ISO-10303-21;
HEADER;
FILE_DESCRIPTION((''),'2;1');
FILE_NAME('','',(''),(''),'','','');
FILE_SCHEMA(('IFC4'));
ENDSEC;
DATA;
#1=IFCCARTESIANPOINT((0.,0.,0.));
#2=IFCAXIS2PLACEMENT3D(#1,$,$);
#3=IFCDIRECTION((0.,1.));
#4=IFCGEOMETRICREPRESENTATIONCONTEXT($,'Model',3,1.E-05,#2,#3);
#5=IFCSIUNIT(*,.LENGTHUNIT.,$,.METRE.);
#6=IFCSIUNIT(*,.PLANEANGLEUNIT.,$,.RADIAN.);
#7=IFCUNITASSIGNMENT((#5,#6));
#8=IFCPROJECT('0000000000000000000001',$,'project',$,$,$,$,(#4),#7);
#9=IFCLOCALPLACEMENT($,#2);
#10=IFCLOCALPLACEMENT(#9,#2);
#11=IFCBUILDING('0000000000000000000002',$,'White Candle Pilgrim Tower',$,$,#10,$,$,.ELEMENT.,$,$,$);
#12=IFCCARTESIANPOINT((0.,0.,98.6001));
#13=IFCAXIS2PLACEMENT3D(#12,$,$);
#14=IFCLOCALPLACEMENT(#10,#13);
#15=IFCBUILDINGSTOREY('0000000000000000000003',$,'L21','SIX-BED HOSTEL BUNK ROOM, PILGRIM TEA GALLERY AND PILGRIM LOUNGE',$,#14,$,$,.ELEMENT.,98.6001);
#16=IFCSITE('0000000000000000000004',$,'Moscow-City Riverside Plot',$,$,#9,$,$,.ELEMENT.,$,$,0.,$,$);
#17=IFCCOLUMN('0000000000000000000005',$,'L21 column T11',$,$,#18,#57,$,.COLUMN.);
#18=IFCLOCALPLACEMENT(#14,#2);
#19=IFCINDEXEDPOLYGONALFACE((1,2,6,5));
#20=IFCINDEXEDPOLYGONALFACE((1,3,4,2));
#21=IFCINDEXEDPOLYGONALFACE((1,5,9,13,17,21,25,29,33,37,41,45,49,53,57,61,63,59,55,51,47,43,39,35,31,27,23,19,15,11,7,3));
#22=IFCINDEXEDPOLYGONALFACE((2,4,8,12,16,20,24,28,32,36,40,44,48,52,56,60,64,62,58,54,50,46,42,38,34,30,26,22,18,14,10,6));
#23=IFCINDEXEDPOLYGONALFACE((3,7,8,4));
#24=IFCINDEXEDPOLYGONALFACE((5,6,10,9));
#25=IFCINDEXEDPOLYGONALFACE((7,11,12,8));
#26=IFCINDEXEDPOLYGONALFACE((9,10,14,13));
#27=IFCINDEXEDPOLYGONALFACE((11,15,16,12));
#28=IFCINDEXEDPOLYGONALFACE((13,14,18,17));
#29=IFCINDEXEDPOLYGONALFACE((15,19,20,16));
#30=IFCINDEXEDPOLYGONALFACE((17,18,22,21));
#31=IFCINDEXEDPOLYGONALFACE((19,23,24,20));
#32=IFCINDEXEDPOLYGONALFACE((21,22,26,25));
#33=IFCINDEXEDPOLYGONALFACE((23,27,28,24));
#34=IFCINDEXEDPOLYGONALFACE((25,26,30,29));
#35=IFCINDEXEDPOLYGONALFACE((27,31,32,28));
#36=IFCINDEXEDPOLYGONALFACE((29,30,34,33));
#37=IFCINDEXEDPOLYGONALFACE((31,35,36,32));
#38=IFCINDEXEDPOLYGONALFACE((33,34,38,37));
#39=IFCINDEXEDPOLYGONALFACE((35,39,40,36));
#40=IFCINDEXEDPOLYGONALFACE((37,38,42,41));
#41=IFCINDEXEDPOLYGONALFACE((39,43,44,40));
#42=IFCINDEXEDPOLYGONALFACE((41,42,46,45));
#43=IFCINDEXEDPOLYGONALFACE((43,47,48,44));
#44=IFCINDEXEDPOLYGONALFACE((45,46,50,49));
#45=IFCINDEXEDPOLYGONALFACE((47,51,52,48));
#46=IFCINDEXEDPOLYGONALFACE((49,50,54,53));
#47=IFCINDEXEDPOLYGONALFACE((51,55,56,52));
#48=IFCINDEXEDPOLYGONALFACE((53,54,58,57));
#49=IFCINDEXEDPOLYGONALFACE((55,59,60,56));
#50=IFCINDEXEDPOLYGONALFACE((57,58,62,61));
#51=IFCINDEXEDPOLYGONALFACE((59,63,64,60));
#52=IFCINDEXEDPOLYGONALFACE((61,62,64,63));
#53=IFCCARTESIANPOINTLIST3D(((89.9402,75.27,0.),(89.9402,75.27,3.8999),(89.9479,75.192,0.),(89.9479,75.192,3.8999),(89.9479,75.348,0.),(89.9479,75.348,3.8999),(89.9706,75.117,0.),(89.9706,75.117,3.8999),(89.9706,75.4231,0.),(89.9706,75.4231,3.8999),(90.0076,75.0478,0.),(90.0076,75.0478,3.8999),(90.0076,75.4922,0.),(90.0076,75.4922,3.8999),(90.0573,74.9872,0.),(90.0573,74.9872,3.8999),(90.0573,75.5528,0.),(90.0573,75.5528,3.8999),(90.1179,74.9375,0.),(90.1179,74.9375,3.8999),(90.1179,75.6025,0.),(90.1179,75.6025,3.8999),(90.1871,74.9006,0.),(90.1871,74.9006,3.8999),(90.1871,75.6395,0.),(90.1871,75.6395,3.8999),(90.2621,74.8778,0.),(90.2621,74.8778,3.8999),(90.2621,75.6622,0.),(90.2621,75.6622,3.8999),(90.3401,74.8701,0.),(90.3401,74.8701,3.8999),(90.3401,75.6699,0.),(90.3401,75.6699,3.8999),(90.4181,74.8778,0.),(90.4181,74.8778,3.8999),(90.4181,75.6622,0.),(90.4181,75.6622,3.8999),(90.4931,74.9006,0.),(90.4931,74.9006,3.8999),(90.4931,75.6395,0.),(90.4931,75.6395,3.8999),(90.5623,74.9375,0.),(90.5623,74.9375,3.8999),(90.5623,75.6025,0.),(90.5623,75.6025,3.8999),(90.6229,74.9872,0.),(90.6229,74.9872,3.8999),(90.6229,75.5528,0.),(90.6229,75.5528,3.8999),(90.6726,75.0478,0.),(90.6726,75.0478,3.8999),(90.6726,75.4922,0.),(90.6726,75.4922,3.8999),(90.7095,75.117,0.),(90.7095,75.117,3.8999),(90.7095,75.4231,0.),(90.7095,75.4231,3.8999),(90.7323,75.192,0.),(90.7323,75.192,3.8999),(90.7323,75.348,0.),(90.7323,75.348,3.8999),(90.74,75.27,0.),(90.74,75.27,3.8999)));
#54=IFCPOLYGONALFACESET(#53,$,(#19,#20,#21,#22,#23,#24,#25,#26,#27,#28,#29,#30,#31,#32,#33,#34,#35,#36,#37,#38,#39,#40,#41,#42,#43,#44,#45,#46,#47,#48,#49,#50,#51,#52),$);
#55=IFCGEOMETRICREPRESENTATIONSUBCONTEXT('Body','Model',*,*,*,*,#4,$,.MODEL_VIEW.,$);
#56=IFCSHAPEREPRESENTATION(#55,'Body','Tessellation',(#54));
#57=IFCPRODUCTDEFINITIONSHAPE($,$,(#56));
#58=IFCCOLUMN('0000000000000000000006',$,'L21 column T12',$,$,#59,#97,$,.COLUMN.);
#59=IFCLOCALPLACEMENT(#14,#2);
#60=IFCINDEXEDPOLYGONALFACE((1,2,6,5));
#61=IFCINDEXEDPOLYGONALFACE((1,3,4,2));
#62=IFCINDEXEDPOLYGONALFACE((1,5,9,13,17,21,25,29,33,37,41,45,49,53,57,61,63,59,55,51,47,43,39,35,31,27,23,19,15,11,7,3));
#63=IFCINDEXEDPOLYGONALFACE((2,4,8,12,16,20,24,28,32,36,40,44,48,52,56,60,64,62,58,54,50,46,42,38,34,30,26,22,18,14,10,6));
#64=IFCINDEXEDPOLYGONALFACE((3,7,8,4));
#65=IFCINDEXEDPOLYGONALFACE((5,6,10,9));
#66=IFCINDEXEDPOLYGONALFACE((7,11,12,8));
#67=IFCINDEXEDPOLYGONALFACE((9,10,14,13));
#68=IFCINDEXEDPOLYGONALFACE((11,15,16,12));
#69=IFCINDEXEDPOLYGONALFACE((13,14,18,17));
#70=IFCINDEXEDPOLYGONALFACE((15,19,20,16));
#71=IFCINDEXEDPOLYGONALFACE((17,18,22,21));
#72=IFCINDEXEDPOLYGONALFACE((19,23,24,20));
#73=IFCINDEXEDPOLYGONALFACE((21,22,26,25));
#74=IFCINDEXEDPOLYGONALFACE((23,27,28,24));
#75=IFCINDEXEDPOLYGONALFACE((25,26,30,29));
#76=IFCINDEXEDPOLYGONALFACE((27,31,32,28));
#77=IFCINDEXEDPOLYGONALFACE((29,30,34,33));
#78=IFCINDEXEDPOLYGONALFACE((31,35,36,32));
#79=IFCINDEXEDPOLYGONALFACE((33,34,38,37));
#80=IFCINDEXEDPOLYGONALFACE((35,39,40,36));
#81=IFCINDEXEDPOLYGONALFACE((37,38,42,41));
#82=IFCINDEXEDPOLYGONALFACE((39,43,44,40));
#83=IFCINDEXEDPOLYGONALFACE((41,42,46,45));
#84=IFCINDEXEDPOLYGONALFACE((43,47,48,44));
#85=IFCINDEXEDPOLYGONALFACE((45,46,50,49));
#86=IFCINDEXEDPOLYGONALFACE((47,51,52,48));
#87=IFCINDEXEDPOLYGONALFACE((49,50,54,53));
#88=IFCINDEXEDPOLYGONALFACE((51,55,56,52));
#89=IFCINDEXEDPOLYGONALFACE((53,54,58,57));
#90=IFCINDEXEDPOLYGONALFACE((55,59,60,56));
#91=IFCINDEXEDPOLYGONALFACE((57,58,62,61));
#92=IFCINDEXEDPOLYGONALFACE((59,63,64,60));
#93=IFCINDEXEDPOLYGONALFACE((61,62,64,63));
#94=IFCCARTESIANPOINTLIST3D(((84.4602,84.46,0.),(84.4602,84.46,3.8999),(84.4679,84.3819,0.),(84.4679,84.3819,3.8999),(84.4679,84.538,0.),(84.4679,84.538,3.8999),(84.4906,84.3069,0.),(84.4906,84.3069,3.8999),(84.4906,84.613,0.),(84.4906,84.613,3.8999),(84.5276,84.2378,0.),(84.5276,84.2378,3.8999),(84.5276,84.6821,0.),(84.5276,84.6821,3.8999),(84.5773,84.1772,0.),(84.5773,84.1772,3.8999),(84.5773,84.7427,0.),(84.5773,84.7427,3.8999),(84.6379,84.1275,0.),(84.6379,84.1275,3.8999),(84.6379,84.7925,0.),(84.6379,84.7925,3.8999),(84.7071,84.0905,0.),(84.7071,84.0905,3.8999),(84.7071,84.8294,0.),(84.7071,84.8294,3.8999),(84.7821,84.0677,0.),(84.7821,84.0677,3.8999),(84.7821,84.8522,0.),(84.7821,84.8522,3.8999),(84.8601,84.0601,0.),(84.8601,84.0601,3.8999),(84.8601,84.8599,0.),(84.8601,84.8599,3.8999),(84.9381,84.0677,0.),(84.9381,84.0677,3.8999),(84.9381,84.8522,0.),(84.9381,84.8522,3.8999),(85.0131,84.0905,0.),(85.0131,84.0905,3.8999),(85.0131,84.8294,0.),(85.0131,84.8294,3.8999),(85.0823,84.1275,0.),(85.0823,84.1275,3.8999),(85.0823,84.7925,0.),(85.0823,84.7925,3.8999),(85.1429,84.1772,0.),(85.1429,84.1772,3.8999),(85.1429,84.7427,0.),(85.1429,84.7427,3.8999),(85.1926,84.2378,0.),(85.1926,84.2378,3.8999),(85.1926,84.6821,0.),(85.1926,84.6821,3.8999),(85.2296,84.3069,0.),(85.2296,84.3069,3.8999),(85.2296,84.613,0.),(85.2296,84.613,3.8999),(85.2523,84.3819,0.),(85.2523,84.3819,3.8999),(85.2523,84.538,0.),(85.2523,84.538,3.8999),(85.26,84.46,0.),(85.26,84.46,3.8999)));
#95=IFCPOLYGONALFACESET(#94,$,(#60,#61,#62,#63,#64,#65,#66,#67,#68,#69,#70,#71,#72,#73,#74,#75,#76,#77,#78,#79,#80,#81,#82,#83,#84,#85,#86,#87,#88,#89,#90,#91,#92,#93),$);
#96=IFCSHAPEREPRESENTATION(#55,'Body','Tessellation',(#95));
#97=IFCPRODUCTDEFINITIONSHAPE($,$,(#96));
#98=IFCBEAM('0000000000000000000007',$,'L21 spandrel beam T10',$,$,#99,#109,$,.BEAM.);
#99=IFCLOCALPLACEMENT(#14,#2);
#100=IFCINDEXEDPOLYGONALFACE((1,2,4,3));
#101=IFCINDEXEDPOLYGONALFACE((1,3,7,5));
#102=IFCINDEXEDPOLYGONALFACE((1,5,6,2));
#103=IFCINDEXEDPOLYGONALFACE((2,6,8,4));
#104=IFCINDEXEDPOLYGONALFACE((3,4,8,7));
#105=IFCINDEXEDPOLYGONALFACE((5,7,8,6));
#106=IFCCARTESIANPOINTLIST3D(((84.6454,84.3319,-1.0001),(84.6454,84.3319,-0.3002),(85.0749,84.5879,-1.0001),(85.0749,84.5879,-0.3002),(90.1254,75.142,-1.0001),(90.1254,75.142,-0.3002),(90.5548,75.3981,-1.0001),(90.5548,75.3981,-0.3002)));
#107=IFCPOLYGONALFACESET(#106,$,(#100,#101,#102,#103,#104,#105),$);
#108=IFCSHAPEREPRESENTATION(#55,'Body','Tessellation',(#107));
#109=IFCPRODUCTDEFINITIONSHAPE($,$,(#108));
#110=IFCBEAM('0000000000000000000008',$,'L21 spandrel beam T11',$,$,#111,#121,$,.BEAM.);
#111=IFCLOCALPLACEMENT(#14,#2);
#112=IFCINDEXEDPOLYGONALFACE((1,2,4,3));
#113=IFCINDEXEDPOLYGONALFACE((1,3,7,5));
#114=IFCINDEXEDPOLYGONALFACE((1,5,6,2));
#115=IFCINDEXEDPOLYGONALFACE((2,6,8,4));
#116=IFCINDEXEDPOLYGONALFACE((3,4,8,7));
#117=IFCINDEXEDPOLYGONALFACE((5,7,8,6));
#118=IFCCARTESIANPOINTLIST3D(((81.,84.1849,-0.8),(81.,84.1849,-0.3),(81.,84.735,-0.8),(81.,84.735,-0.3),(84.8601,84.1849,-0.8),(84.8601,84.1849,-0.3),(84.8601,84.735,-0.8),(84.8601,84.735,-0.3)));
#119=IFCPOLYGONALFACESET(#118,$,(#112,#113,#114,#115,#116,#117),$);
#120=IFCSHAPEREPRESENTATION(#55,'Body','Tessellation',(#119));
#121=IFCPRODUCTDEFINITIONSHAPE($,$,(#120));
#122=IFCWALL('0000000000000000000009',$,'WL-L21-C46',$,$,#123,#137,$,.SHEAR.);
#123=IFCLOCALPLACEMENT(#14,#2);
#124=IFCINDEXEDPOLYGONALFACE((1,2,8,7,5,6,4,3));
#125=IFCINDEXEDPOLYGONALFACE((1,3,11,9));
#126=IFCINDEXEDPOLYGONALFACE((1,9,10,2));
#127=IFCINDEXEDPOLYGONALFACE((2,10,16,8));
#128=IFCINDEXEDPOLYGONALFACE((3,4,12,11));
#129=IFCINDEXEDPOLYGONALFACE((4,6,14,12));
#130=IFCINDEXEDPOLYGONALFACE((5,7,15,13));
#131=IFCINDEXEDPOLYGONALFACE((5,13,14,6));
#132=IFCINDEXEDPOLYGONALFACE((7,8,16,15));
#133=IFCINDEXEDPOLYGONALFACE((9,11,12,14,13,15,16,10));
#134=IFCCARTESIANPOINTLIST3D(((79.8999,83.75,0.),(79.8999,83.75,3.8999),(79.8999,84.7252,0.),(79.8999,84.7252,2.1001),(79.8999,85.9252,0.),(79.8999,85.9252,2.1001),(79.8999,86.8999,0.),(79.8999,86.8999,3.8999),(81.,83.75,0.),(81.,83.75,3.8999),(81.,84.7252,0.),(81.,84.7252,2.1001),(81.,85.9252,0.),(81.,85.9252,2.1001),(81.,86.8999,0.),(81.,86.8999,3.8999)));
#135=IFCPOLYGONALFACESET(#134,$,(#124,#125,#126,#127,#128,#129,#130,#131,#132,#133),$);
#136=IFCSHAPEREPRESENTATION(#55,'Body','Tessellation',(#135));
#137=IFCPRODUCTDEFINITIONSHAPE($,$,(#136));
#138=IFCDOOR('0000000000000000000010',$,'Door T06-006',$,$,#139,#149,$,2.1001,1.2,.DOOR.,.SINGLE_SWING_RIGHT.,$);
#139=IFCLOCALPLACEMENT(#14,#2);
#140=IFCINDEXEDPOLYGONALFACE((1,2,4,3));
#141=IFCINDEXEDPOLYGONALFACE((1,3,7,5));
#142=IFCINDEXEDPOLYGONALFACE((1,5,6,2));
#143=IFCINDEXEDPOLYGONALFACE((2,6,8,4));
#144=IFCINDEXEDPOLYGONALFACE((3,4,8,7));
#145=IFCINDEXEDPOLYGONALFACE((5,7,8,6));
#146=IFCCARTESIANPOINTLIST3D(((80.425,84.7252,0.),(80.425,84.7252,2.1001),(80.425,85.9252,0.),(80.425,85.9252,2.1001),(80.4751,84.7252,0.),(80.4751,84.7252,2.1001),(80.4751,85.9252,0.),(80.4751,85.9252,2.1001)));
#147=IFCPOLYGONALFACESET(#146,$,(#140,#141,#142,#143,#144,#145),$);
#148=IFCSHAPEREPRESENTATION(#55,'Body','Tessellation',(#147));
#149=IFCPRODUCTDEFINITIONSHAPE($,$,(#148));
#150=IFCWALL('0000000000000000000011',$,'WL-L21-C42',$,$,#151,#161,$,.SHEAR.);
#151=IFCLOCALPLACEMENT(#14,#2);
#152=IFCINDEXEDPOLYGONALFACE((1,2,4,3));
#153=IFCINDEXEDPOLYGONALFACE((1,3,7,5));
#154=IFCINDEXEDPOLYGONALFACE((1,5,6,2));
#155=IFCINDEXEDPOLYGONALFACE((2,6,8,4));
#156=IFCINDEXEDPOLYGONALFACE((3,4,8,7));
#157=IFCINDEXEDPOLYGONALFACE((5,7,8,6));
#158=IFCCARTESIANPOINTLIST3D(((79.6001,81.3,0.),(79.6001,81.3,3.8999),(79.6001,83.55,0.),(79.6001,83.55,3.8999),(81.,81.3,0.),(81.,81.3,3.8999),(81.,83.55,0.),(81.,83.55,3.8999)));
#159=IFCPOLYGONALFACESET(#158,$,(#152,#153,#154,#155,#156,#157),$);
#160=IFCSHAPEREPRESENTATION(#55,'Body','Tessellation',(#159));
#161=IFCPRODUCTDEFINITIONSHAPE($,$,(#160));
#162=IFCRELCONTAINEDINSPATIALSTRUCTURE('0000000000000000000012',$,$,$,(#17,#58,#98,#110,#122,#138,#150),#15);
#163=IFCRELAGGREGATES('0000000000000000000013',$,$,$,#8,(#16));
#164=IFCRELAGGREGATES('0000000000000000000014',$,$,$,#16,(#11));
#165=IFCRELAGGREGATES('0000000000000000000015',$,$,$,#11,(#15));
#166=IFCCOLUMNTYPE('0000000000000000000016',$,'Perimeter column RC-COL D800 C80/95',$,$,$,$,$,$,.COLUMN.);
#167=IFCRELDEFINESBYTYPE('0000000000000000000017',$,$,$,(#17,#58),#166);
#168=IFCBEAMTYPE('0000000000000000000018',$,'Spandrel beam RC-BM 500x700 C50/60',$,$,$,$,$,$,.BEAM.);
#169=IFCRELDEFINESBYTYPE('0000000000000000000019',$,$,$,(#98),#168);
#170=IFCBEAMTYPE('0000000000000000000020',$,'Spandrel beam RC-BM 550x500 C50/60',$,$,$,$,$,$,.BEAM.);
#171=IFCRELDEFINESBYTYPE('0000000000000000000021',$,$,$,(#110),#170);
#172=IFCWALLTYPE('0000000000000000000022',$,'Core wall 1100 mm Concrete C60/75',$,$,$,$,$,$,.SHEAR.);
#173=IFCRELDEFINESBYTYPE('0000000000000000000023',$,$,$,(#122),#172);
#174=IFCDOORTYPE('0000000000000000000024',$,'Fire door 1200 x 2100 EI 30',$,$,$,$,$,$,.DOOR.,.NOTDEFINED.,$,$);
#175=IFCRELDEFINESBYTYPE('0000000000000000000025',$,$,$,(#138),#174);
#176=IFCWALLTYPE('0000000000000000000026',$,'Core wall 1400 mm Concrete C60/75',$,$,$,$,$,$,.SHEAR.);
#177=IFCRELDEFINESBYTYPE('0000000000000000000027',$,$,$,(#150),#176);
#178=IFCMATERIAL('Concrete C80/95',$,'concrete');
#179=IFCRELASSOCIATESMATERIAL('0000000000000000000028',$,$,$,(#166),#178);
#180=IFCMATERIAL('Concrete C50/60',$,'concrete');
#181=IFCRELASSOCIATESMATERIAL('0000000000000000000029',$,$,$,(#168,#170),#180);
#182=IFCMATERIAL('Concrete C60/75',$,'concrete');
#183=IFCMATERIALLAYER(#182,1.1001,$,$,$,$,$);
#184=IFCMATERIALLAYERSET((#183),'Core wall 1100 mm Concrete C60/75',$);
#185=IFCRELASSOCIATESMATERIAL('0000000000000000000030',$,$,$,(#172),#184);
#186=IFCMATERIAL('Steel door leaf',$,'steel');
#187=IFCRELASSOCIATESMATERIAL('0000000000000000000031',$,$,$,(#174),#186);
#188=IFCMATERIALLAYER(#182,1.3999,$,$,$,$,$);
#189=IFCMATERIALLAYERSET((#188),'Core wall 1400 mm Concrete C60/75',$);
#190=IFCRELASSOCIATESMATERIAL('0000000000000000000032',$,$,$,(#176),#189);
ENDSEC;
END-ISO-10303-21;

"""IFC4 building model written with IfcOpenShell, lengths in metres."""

from ifc_helpers import new_model, si_unit, direction, frame, frame_2d, origin, origin_2d, place, context, subcontext, project, spatial, rectangle, circle, extrude, material, layer, layer_set, material_profile, profile_set, type_object, element, fill, save


model = new_model("IFC4")

# Units and contexts
model_context = context("Model", 3, precision=1e-05, world=origin(), true_north=direction((0.0, 1.0)))
body_context = subcontext(model_context, "Body", "Model", "MODEL_VIEW")
ifc_project = project(units=[si_unit("LENGTHUNIT", "METRE"), si_unit("PLANEANGLEUNIT", "RADIAN")], contexts=[model_context])

# Site, building, storey
site_placement = place(None, origin())
site = spatial("IfcSite", under=ifc_project, at=site_placement, Name="Moscow-City Riverside Plot", CompositionType="ELEMENT", RefElevation=0.0)
building_placement = place(site_placement, origin())
building = spatial("IfcBuilding", under=site, at=building_placement, Name="White Candle Pilgrim Tower", CompositionType="ELEMENT")
storey_placement = place(building_placement, frame((0.0, 0.0, 98.6001)))
storey = spatial("IfcBuildingStorey", under=building, at=storey_placement, Name="L21", Description="SIX-BED HOSTEL BUNK ROOM, PILGRIM TEA GALLERY AND PILGRIM LOUNGE", CompositionType="ELEMENT", Elevation=98.6001)

# Columns
ifc_material_1 = material(Name="Concrete C80/95", Category="concrete")
ifc_material_profile_1 = material_profile(ifc_material_1, circle(Radius=0.3999, at=origin_2d()), Name="RC-COL D800")
ifc_profile_set_1 = profile_set([ifc_material_profile_1], Name="Concrete C80/95")
column_type = type_object("IfcColumnType", Name="Perimeter column RC-COL D800 C80/95", PredefinedType="COLUMN", material=ifc_profile_set_1)
for number, where, z_axis, x_axis, name in (
    (1, (90.3401, 75.27, 0.0), (0.0, 0.0, 1.0), (1.0, 0.0, 0.0), "L21 column T11"),
    (2, (84.8601, 84.46, 0.0), (0.0, 0.0, 1.0), (1.0, 0.0, 0.0), "L21 column T12"),
):
    element("IfcColumn", number, at=place(storey_placement, frame(where, z_axis=z_axis, x_axis=x_axis)), inside=storey, type_object=column_type, Name=name, PredefinedType="COLUMN", context=body_context, shape_type="SweptSolid", body=[
        extrude(circle(Radius=0.3999, at=origin_2d()), origin(), (0.0, 0.0, 1.0), 3.8999),
    ])

# Beams
ifc_material_2 = material(Name="Concrete C50/60", Category="concrete")
ifc_material_profile_2 = material_profile(ifc_material_2, rectangle(XDim=0.5, YDim=0.7, at=origin_2d()), Name="RC-BM 500x700")
ifc_profile_set_2 = profile_set([ifc_material_profile_2], Name="Concrete C50/60")
beam_type_1 = type_object("IfcBeamType", Name="Spandrel beam RC-BM 500x700 C50/60", PredefinedType="BEAM", material=ifc_profile_set_2)
beam_1_placement = place(storey_placement, frame((90.3401, 75.27, -0.6501), z_axis=(-0.512158, 0.858891, 0.0), x_axis=(-0.858891, -0.512158, 0.0)))
element("IfcBeam", 3, at=beam_1_placement, inside=storey, type_object=beam_type_1, Name="L21 spandrel beam T10", PredefinedType="BEAM", context=body_context, shape_type="SweptSolid", body=[
    extrude(rectangle(XDim=0.5, YDim=0.7, at=origin_2d()), origin(), (0.0, 0.0, 1.0), 10.6997),
])
ifc_material_profile_3 = material_profile(ifc_material_2, rectangle(XDim=0.55, YDim=0.5, at=origin_2d()), Name="RC-BM 550x500")
ifc_profile_set_3 = profile_set([ifc_material_profile_3], Name="Concrete C50/60")
beam_type_2 = type_object("IfcBeamType", Name="Spandrel beam RC-BM 550x500 C50/60", PredefinedType="BEAM", material=ifc_profile_set_3)
beam_2_placement = place(storey_placement, frame((84.8601, 84.46, -0.55), z_axis=(-1.0, 0.0, 0.0), x_axis=(0.0, -1.0, 0.0)))
element("IfcBeam", 4, at=beam_2_placement, inside=storey, type_object=beam_type_2, Name="L21 spandrel beam T11", PredefinedType="BEAM", context=body_context, shape_type="SweptSolid", body=[
    extrude(rectangle(XDim=0.55, YDim=0.5, at=origin_2d()), origin(), (0.0, 0.0, 1.0), 3.8601),
])

# Wall, opening, door
ifc_material_3 = material(Name="Concrete C60/75", Category="concrete")
ifc_layer_1 = layer(ifc_material_3, 1.1001)
ifc_layer_set_1 = layer_set([ifc_layer_1], Name="Core wall 1100 mm Concrete C60/75")
wall_type_1 = type_object("IfcWallType", Name="Core wall 1100 mm Concrete C60/75", PredefinedType="SHEAR", material=ifc_layer_set_1)
wall_1_placement = place(storey_placement, frame((80.45, 83.75, 0.0), z_axis=(0.0, 0.0, 1.0), x_axis=(0.0, 1.0, 0.0)))
wall_1 = element("IfcWall", 5, at=wall_1_placement, inside=storey, type_object=wall_type_1, Name="WL-L21-C46", PredefinedType="SHEAR", context=body_context, shape_type="SweptSolid", body=[
    extrude(rectangle(XDim=3.1499, YDim=1.1001, at=frame_2d((1.575, 0.0))), origin(), (0.0, 0.0, 1.0), 3.8999),
])
opening_1_placement = place(wall_1_placement, frame((0.9751, 0.0, 0.0)))
opening_1 = element("IfcOpeningElement", 6, at=opening_1_placement, cuts=wall_1, PredefinedType="OPENING", context=body_context, shape_type="SweptSolid", body=[
    extrude(rectangle(XDim=1.2, YDim=2.1001, at=frame_2d((0.6001, 1.05))), frame((0.0, 0.5601, 0.0), z_axis=(0.0, -1.0, 0.0), x_axis=(1.0, 0.0, 0.0)), (0.0, 0.0, 1.0), 1.1201),
])
ifc_material_4 = material(Name="Steel door leaf", Category="steel")
door_type_1 = type_object("IfcDoorType", Name="Fire door 1200 x 2100 EI 30", OperationType="NOTDEFINED", PredefinedType="DOOR", material=ifc_material_4)
door_1_placement = place(opening_1_placement, origin())
door_1 = element("IfcDoor", 7, at=door_1_placement, inside=storey, type_object=door_type_1, Name="Door T06-006", OperationType="SINGLE_SWING_RIGHT", OverallHeight=2.1001, OverallWidth=1.2, PredefinedType="DOOR", context=body_context, shape_type="SweptSolid", body=[
    extrude(rectangle(XDim=1.2, YDim=2.1001, at=frame_2d((0.6001, 1.05))), frame((0.0, 0.0249, 0.0), z_axis=(0.0, -1.0, 0.0), x_axis=(1.0, 0.0, 0.0)), (0.0, 0.0, 1.0), 0.05),
])
fill(opening_1, door_1)

# Wall
ifc_layer_2 = layer(ifc_material_3, 1.3999)
ifc_layer_set_2 = layer_set([ifc_layer_2], Name="Core wall 1400 mm Concrete C60/75")
wall_type_2 = type_object("IfcWallType", Name="Core wall 1400 mm Concrete C60/75", PredefinedType="SHEAR", material=ifc_layer_set_2)
wall_2_placement = place(storey_placement, frame((80.3, 81.3, 0.0), z_axis=(0.0, 0.0, 1.0), x_axis=(0.0, 1.0, 0.0)))
element("IfcWall", 8, at=wall_2_placement, inside=storey, type_object=wall_type_2, Name="WL-L21-C42", PredefinedType="SHEAR", context=body_context, shape_type="SweptSolid", body=[
    extrude(rectangle(XDim=2.25, YDim=1.3999, at=frame_2d((1.125, 0.0))), origin(), (0.0, 0.0, 1.0), 3.8999),
])

save(model, "model.ifc")
